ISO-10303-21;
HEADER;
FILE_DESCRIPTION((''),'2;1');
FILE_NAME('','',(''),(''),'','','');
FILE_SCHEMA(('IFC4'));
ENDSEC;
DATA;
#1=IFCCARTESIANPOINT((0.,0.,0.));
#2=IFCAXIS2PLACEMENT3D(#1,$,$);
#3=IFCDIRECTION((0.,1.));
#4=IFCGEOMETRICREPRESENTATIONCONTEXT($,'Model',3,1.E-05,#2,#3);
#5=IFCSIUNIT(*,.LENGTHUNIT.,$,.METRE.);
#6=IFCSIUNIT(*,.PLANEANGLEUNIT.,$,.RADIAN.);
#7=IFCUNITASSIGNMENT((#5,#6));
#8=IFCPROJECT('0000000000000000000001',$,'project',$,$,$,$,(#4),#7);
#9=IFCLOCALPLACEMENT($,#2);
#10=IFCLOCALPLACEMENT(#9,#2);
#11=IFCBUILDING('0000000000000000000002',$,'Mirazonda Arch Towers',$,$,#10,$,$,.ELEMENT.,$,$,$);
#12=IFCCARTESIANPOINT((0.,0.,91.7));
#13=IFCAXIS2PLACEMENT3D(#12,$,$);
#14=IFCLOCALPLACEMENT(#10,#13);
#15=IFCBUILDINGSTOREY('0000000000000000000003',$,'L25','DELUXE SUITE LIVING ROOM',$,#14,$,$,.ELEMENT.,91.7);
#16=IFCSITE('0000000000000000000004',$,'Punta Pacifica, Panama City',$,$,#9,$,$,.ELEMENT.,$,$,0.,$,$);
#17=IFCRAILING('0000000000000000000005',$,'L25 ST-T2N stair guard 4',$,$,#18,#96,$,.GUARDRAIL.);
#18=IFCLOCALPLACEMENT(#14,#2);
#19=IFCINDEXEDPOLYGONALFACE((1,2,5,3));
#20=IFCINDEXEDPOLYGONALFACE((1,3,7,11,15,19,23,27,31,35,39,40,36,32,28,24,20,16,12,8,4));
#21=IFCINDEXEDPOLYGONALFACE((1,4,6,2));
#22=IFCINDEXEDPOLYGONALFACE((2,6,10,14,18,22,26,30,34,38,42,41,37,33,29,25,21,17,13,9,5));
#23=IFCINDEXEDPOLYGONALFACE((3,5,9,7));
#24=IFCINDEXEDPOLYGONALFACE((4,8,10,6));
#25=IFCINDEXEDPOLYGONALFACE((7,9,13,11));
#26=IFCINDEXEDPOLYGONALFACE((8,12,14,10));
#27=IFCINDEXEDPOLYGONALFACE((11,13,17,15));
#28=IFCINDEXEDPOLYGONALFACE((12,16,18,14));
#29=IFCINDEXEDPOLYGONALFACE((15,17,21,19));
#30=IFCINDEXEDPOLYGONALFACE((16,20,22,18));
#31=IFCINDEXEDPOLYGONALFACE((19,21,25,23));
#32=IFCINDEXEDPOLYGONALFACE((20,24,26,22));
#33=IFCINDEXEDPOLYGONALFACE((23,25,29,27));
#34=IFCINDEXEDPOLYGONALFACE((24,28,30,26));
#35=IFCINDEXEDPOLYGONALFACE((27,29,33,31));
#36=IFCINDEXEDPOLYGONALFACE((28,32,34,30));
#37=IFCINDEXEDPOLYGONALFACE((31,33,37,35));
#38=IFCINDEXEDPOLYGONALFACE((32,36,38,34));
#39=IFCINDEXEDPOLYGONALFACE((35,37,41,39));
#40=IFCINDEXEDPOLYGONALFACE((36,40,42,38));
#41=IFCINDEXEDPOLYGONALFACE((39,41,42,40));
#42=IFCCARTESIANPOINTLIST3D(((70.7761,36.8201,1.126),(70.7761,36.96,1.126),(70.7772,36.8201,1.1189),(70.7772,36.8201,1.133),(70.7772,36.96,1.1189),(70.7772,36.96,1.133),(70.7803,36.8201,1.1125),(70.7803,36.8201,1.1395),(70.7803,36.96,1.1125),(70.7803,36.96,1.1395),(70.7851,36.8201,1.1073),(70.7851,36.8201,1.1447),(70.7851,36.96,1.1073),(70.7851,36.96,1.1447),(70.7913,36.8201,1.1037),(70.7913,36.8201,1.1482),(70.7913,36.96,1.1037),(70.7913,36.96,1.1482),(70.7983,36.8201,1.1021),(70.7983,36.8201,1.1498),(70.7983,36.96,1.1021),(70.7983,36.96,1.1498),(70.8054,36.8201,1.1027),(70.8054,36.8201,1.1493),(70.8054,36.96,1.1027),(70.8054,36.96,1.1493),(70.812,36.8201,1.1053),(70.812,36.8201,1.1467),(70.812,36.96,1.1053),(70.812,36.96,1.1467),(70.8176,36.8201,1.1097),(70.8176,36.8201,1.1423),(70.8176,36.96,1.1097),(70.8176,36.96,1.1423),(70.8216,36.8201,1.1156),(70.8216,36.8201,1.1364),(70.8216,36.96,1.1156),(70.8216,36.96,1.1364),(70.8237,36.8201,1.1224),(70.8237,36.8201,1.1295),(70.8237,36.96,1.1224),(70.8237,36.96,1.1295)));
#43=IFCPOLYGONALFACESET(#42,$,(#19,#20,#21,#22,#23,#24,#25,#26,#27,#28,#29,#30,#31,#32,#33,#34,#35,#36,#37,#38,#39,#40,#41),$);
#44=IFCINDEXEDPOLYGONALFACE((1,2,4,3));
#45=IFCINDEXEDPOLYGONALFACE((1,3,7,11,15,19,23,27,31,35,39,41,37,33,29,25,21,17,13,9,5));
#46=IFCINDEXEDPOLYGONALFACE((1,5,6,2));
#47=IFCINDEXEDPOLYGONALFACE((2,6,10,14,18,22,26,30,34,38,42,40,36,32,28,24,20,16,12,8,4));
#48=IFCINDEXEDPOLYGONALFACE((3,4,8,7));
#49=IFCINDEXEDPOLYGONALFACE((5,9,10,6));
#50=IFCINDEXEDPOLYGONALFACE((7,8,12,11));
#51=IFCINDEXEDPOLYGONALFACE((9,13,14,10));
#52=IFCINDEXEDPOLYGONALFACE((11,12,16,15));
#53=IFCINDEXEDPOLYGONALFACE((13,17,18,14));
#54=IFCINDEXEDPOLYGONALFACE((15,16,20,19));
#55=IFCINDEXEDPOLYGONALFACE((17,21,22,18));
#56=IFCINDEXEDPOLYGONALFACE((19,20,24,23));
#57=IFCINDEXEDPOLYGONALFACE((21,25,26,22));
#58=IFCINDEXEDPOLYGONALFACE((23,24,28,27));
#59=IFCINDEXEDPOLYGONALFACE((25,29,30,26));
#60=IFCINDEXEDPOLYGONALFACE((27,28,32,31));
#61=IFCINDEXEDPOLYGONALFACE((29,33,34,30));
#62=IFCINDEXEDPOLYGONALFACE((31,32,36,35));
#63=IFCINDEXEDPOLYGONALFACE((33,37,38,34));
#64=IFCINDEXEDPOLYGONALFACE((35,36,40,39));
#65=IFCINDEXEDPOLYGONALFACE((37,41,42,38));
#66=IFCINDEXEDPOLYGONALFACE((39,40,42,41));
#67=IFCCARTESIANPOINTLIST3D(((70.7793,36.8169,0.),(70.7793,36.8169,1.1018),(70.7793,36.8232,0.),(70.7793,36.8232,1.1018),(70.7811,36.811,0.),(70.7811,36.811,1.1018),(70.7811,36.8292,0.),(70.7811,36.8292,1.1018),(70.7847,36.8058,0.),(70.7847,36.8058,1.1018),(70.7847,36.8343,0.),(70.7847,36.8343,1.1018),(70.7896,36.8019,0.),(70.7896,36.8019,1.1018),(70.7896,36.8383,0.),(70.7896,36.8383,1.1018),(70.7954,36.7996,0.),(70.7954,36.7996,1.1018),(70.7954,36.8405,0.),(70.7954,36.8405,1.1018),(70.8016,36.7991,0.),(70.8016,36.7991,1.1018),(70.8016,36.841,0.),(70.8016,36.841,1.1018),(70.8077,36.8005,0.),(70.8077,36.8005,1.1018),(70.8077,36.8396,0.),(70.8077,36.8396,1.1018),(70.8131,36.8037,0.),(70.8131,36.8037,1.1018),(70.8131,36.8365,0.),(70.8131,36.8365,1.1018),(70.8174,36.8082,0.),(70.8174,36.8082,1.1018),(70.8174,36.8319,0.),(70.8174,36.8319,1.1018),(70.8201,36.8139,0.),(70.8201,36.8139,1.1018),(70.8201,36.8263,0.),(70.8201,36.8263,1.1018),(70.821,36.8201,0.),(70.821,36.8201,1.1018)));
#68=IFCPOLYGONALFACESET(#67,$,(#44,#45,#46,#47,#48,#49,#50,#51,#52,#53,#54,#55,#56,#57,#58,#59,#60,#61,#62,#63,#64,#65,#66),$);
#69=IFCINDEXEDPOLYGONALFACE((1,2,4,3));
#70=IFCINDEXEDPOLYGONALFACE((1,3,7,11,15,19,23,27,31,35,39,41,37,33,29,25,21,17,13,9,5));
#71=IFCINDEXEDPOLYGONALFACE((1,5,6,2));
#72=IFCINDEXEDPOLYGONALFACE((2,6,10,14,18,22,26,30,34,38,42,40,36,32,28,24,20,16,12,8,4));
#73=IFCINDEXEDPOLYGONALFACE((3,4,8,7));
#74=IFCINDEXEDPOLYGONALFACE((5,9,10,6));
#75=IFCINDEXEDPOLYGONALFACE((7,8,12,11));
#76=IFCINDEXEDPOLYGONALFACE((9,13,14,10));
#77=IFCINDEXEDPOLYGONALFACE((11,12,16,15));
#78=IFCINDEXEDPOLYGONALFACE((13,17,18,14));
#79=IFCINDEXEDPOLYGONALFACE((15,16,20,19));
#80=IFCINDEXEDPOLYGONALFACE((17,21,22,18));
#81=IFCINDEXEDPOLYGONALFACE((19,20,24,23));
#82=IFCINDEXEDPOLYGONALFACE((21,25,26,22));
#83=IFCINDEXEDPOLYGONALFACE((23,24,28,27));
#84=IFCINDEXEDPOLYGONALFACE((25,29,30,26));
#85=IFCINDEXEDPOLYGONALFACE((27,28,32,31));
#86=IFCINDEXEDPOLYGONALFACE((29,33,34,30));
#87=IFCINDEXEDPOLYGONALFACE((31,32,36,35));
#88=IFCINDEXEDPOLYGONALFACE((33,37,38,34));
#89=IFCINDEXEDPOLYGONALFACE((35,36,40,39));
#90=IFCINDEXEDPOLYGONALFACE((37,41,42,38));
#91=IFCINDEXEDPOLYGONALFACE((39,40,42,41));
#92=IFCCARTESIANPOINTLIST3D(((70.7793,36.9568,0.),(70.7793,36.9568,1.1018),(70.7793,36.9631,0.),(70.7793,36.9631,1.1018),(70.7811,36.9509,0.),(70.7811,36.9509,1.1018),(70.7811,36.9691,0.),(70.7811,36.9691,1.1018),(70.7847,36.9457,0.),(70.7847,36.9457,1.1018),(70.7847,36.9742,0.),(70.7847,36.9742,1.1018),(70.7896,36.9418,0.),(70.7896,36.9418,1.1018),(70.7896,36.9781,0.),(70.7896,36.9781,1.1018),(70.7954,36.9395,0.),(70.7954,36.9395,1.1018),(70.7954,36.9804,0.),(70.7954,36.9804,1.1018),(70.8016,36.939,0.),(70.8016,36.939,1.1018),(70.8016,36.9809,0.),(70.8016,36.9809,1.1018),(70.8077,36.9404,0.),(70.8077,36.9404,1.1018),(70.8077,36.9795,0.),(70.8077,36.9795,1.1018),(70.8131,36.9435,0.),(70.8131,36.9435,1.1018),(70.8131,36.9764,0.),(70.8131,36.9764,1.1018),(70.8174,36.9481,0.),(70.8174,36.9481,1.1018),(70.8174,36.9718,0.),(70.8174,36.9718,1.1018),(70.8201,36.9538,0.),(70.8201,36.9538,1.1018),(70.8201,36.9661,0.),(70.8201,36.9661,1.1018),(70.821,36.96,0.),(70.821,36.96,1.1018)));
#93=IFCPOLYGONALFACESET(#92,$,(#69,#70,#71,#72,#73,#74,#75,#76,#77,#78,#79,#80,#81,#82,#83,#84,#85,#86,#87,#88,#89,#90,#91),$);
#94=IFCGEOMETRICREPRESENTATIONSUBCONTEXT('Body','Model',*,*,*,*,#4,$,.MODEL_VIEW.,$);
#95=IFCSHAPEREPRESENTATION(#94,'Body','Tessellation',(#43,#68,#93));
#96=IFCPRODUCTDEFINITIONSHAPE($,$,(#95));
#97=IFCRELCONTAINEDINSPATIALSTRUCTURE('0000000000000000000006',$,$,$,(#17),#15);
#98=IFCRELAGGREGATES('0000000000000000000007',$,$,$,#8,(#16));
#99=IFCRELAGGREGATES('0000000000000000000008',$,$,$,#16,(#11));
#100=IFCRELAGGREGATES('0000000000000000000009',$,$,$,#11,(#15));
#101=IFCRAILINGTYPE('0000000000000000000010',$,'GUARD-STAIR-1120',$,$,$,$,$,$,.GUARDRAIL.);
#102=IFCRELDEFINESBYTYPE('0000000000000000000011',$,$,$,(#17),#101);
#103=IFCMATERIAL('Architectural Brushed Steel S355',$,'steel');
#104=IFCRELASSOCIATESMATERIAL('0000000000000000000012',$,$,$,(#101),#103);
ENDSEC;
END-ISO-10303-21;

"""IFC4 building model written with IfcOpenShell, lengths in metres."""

from ifc_helpers import new_model, si_unit, direction, frame, origin, origin_2d, place, context, subcontext, project, spatial, circle, extrude, material, type_object, element, save


model = new_model("IFC4")

# Units and contexts
model_context = context("Model", 3, precision=1e-05, world=origin(), true_north=direction((0.0, 1.0)))
body_context = subcontext(model_context, "Body", "Model", "MODEL_VIEW")
ifc_project = project(units=[si_unit("LENGTHUNIT", "METRE"), si_unit("PLANEANGLEUNIT", "RADIAN")], contexts=[model_context])

# Site, building, storey
site_placement = place(None, origin())
site = spatial("IfcSite", under=ifc_project, at=site_placement, Name="Punta Pacifica, Panama City", CompositionType="ELEMENT", RefElevation=0.0)
building_placement = place(site_placement, origin())
building = spatial("IfcBuilding", under=site, at=building_placement, Name="Mirazonda Arch Towers", CompositionType="ELEMENT")
storey_placement = place(building_placement, frame((0.0, 0.0, 91.7)))
storey = spatial("IfcBuildingStorey", under=building, at=storey_placement, Name="L25", Description="DELUXE SUITE LIVING ROOM", CompositionType="ELEMENT", Elevation=91.7)

# Railing
ifc_material_1 = material(Name="Architectural Brushed Steel S355", Category="steel")
railing_type_1 = type_object("IfcRailingType", Name="GUARD-STAIR-1120", PredefinedType="GUARDRAIL", material=ifc_material_1)
railing_1_placement = place(storey_placement, frame((70.8, 36.8201, 0.0)))
element("IfcRailing", 1, at=railing_1_placement, inside=storey, type_object=railing_type_1, Name="L25 ST-T2N stair guard 4", PredefinedType="GUARDRAIL", context=body_context, shape_type="SweptSolid", body=[
    extrude(circle(Radius=0.0239, at=origin_2d()), frame((0.0, 0.0, 1.126), z_axis=(0.0, 1.0, 0.0), x_axis=(-1.0, 0.0, 0.0)), (0.0, 0.0, 1.0), 0.1399),
    extrude(circle(Radius=0.021, at=origin_2d()), origin(), (0.0, 0.0, 1.0), 1.1018),
    extrude(circle(Radius=0.021, at=origin_2d()), frame((0.0, 0.1399, 0.0)), (0.0, 0.0, 1.0), 1.1018),
])

save(model, "model.ifc")
